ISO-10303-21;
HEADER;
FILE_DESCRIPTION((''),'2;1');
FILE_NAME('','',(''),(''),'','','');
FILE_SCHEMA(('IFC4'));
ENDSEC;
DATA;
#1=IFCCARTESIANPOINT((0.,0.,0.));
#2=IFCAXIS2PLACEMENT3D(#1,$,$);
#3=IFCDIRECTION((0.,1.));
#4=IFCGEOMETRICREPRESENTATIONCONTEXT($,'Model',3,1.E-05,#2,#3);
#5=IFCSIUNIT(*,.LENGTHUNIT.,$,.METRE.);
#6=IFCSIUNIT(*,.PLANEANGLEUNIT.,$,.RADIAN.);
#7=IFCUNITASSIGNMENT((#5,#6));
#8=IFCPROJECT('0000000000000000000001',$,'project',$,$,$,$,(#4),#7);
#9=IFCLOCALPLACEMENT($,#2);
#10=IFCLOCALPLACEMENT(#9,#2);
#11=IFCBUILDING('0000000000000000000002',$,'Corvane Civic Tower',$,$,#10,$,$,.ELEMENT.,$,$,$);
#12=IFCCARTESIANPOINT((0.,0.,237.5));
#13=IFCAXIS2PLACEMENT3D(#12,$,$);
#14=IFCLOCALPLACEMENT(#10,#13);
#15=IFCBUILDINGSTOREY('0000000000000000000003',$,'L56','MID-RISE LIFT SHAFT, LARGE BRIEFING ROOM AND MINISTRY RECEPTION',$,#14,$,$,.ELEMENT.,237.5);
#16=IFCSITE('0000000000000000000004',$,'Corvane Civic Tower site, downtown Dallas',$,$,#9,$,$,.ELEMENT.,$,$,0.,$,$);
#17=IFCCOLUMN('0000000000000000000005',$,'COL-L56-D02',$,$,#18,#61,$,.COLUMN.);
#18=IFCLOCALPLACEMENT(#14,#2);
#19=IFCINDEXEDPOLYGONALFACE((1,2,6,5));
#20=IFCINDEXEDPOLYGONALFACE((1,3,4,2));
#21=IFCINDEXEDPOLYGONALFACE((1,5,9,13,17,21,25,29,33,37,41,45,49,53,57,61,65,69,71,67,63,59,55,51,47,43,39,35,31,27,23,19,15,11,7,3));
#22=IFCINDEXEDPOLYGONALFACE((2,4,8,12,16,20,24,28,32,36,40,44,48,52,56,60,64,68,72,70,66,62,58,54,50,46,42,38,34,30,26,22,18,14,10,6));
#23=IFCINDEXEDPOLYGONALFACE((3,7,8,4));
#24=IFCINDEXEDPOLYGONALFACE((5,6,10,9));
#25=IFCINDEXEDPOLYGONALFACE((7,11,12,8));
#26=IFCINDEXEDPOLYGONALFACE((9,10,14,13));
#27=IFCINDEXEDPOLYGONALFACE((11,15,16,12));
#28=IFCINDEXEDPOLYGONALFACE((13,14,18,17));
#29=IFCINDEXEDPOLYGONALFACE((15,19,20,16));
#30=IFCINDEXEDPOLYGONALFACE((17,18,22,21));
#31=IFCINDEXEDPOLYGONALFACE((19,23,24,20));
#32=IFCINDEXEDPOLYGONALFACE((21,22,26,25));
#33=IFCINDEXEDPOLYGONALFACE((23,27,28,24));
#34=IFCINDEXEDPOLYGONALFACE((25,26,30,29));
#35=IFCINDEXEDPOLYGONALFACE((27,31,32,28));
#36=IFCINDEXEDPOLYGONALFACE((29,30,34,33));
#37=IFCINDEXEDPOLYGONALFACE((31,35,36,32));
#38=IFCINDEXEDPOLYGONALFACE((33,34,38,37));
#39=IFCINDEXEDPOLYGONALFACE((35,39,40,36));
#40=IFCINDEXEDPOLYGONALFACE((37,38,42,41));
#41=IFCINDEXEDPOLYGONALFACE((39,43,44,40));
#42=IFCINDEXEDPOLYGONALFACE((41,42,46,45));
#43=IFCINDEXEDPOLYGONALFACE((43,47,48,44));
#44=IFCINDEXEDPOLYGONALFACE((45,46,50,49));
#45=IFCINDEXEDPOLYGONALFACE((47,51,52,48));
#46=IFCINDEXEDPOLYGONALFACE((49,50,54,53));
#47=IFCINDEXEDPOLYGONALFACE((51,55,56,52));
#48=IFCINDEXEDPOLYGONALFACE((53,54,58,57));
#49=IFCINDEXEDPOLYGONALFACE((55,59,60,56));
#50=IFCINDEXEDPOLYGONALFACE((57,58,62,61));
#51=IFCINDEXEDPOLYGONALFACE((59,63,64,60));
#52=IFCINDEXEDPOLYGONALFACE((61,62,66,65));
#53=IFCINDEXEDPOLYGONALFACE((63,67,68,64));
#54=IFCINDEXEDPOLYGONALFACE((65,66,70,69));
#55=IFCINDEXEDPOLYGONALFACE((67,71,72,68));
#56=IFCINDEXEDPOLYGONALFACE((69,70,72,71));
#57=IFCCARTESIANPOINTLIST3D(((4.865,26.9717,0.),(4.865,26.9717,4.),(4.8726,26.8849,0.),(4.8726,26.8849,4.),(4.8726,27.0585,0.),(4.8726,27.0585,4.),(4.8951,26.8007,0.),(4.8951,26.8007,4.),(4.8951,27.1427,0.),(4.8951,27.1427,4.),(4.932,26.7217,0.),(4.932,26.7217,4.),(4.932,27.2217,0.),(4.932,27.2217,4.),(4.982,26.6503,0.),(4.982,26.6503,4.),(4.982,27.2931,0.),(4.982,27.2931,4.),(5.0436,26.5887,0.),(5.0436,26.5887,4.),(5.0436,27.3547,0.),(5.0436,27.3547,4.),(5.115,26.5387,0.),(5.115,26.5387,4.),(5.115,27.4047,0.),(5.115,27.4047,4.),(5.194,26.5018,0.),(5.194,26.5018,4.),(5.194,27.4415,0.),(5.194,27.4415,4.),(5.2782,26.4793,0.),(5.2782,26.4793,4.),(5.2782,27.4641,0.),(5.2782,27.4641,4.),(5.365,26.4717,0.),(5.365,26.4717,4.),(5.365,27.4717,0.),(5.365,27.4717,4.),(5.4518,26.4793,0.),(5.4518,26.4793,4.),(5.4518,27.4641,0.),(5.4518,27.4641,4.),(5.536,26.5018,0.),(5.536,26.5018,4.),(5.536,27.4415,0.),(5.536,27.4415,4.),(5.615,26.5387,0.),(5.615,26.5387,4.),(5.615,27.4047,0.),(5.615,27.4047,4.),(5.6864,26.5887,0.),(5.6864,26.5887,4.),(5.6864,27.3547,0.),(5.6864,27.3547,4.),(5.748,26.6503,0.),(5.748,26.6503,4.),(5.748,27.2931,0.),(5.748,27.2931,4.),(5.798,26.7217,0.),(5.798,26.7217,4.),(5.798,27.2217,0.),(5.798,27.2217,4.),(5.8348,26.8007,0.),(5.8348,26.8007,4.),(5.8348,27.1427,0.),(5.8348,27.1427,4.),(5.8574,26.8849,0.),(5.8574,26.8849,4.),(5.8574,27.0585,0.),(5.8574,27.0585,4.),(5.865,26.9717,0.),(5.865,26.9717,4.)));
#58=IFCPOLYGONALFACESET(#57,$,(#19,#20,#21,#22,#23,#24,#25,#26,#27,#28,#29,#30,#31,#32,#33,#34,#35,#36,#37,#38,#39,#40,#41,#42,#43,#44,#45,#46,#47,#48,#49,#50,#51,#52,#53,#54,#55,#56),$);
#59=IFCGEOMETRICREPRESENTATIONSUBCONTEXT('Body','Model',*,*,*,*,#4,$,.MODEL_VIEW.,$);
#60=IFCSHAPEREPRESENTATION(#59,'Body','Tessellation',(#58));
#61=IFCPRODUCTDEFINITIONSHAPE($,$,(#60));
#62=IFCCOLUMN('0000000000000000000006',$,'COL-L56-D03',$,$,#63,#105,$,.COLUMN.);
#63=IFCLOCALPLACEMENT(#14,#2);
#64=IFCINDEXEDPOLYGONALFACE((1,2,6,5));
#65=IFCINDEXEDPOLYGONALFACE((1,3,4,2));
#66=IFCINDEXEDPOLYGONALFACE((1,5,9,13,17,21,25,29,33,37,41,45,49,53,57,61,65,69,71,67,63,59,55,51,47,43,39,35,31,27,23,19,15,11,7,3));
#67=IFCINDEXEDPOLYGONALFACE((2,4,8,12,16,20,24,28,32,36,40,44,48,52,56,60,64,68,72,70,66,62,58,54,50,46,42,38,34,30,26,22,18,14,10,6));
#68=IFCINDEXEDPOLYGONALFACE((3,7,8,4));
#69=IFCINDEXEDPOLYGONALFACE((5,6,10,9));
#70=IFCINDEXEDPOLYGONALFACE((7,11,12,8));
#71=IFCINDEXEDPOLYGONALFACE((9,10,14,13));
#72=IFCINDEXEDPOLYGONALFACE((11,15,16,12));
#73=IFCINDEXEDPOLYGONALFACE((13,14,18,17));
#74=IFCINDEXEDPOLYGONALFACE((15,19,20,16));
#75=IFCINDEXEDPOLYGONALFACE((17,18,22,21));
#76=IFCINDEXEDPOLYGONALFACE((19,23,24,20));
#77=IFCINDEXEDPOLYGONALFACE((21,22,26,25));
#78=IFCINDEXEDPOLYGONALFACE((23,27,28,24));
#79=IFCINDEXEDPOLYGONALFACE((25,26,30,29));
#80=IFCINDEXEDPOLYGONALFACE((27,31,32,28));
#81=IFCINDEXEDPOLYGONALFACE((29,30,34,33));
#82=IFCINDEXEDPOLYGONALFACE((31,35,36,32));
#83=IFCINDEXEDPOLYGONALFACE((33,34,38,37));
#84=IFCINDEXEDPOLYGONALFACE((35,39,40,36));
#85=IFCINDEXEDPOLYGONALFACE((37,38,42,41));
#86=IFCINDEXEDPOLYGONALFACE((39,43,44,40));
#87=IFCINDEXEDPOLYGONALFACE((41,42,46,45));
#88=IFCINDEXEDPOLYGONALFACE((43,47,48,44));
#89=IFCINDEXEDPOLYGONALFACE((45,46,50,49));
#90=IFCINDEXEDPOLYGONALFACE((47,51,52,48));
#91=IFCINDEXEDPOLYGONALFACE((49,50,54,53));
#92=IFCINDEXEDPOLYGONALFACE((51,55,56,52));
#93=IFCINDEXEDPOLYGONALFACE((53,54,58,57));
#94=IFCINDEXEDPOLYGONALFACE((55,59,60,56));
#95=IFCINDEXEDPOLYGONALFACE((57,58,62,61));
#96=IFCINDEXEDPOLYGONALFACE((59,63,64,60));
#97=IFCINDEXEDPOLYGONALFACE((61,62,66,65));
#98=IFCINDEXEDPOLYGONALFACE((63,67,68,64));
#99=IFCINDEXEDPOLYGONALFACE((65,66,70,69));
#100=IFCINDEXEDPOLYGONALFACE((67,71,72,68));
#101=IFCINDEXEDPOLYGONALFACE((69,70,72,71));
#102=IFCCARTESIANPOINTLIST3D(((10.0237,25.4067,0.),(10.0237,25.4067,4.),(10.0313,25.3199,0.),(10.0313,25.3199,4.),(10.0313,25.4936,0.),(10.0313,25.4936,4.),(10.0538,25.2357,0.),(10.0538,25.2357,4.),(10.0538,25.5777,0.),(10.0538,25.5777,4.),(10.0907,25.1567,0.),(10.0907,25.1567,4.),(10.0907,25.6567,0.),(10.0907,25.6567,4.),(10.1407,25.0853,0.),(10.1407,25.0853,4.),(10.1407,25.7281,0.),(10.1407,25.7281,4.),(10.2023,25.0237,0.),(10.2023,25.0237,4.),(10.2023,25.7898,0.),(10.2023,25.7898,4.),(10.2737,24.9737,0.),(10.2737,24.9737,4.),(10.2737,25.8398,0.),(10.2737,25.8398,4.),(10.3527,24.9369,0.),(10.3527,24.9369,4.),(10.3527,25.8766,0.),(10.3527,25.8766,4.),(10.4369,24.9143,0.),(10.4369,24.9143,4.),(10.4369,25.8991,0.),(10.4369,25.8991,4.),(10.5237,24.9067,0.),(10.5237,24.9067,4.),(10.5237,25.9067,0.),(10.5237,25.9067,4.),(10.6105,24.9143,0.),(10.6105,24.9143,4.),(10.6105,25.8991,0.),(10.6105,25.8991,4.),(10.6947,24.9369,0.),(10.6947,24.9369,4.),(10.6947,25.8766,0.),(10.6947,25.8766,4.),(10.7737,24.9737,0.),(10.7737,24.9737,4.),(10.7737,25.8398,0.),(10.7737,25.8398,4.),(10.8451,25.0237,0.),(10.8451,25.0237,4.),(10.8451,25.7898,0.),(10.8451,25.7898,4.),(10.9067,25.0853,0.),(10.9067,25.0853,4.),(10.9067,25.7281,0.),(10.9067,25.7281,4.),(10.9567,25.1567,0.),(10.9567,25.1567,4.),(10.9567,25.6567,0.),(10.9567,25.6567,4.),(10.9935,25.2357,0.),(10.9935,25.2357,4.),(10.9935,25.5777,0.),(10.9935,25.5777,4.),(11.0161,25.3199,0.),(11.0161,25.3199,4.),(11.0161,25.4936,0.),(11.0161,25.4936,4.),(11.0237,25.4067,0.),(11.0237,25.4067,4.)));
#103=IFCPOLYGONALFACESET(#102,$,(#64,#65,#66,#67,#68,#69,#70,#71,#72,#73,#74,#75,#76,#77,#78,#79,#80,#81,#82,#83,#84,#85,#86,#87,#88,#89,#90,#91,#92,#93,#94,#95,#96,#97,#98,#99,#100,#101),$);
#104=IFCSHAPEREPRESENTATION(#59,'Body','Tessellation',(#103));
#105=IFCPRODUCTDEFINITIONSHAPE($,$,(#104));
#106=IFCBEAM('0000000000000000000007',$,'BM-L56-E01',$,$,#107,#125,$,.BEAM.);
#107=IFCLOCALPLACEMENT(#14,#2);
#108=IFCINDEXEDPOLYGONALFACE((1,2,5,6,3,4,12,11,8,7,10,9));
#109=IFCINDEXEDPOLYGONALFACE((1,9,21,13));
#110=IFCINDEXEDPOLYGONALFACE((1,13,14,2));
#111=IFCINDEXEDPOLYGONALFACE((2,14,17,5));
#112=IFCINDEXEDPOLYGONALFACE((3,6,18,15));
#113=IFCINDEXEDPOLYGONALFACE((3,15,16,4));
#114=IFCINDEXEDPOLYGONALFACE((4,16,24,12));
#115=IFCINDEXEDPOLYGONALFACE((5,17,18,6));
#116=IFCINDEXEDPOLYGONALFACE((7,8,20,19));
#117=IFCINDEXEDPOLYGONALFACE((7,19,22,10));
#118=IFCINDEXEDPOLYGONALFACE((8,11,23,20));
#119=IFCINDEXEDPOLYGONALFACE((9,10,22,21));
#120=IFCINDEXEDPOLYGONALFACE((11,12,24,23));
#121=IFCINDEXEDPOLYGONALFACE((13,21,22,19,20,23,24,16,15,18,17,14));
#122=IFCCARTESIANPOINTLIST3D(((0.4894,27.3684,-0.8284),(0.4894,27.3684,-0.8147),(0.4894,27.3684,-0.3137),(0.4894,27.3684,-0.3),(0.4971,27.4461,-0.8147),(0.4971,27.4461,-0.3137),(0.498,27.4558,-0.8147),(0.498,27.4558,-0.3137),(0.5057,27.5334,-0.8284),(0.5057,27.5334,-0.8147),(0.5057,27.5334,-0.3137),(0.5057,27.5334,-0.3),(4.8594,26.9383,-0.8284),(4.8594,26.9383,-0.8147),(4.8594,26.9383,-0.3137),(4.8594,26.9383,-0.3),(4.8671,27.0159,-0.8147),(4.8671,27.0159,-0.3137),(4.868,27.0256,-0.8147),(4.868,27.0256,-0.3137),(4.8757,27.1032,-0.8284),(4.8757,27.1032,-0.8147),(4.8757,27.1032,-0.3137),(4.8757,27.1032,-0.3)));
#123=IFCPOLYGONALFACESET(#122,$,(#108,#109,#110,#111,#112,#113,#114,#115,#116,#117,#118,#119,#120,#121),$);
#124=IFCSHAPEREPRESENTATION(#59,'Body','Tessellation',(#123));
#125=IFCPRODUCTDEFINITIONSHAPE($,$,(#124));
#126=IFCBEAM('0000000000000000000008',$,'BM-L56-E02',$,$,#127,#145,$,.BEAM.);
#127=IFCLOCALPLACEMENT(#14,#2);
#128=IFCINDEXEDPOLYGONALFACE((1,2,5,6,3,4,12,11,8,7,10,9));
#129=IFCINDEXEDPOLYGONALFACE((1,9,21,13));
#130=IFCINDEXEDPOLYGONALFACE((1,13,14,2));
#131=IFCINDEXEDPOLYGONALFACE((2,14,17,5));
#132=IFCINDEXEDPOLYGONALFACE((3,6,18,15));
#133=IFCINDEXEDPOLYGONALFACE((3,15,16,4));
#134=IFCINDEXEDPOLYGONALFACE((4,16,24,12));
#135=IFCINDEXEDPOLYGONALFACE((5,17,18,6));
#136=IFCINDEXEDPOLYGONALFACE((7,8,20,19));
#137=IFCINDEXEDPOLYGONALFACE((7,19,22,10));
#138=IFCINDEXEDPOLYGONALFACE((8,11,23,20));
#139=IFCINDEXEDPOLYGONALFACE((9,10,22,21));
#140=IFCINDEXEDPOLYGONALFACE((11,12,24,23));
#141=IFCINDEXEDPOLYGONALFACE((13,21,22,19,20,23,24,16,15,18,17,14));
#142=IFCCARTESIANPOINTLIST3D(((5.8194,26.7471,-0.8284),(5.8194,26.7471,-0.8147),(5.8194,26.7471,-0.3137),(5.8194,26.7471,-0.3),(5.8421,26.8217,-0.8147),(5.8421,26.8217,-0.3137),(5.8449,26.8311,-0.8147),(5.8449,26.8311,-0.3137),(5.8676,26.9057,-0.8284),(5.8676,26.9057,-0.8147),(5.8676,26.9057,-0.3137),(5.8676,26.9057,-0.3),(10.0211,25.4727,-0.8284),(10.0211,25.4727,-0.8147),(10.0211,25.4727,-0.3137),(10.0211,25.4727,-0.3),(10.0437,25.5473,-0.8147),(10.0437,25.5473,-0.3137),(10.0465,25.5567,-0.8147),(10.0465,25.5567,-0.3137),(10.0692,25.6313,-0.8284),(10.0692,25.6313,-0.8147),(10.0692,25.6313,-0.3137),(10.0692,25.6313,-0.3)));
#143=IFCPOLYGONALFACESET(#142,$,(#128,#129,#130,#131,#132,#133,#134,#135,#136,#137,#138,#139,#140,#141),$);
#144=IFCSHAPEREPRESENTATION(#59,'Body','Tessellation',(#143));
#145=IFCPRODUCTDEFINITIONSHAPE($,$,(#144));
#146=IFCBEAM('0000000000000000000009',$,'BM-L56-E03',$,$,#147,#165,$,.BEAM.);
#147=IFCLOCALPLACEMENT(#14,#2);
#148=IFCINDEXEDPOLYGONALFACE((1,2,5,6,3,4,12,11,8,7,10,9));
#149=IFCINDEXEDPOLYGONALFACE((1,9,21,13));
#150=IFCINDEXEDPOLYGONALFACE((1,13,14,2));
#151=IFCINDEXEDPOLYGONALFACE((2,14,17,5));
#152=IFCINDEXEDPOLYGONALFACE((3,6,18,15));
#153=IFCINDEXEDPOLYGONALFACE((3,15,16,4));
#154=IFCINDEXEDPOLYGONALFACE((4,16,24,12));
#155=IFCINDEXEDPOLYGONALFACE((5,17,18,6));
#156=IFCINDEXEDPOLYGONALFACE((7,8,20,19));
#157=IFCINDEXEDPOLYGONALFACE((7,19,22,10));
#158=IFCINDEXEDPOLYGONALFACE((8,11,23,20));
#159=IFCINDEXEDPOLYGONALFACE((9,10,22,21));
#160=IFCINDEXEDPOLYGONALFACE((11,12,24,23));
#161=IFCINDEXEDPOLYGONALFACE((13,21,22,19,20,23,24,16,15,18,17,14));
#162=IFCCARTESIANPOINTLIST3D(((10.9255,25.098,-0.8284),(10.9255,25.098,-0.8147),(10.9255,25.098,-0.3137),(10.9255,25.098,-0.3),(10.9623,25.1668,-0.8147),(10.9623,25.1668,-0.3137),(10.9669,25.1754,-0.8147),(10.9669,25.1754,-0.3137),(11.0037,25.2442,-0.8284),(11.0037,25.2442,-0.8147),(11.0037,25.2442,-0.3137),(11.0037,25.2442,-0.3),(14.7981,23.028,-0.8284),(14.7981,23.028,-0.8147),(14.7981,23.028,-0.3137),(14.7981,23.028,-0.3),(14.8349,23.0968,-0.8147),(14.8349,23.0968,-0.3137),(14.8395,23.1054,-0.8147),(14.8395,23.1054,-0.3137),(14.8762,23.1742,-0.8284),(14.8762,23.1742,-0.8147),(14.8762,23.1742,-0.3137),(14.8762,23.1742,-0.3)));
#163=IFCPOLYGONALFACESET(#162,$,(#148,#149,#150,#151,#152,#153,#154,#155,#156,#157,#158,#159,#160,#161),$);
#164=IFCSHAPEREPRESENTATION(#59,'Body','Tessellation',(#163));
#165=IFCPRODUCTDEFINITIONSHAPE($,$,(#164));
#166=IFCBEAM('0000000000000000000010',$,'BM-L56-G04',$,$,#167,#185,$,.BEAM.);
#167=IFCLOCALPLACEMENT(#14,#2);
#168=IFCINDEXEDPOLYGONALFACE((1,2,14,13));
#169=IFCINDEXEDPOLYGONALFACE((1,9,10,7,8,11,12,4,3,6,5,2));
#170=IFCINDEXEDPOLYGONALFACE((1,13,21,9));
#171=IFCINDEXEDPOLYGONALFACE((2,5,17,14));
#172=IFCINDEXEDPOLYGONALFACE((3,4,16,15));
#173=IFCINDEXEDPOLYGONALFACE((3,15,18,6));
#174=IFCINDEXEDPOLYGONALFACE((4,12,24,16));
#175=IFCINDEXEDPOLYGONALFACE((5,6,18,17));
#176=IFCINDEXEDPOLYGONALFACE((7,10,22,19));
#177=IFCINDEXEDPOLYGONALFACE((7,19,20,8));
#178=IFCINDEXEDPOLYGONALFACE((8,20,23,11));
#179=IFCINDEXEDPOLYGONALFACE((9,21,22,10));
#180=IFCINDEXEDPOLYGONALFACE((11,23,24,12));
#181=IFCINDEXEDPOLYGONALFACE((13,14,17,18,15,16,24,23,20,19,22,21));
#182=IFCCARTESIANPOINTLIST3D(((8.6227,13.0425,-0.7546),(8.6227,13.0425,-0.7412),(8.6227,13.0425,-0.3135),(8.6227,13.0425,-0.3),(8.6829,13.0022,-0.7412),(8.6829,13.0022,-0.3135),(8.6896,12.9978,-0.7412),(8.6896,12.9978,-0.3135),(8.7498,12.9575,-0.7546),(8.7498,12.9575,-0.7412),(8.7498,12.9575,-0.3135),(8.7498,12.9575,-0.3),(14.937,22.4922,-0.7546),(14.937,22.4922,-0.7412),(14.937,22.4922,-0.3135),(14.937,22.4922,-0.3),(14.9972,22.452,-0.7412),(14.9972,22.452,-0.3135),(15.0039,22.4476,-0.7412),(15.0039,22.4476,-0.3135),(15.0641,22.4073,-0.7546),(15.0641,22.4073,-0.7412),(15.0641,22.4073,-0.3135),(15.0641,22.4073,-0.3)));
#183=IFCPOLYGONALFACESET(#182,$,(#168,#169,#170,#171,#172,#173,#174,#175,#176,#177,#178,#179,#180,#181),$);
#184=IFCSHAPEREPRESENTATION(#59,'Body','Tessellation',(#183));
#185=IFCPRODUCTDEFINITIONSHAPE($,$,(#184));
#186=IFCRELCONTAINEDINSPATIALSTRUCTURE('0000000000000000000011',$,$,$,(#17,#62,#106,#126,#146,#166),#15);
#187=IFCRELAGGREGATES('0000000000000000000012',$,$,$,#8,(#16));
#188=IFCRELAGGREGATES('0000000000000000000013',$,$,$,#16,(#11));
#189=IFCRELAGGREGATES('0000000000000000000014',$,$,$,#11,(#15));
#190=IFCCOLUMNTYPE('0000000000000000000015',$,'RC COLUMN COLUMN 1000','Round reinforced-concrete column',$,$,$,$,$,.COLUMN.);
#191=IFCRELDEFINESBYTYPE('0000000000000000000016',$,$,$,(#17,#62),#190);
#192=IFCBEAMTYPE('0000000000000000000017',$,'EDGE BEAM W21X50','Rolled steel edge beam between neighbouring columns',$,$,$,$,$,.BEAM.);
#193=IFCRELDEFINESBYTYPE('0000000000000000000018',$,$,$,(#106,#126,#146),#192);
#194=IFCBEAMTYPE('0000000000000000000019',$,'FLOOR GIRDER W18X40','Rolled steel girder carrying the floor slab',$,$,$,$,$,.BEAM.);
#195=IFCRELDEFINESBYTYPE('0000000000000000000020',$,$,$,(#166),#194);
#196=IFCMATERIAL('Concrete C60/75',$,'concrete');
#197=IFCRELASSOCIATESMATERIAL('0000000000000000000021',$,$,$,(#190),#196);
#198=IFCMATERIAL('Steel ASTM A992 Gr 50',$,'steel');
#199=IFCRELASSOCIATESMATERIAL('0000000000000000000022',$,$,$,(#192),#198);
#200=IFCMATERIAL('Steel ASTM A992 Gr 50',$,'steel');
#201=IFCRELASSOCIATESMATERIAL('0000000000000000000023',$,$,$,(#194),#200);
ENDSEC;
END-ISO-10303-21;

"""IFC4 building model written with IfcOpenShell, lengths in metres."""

from ifc_helpers import new_model, si_unit, direction, frame, origin, origin_2d, place, context, subcontext, project, spatial, circle, i_section, extrude, material, material_profile, profile_set, type_object, element, save


model = new_model("IFC4")

# Units and contexts
model_context = context("Model", 3, precision=1e-05, world=origin(), true_north=direction((0.0, 1.0)))
body_context = subcontext(model_context, "Body", "Model", "MODEL_VIEW")
ifc_project = project(units=[si_unit("LENGTHUNIT", "METRE"), si_unit("PLANEANGLEUNIT", "RADIAN")], contexts=[model_context])

# Site, building, storey
site_placement = place(None, origin())
site = spatial("IfcSite", under=ifc_project, at=site_placement, Name="Corvane Civic Tower site, downtown Dallas", CompositionType="ELEMENT", RefElevation=0.0)
building_placement = place(site_placement, origin())
building = spatial("IfcBuilding", under=site, at=building_placement, Name="Corvane Civic Tower", CompositionType="ELEMENT")
storey_placement = place(building_placement, frame((0.0, 0.0, 237.5)))
storey = spatial("IfcBuildingStorey", under=building, at=storey_placement, Name="L56", Description="MID-RISE LIFT SHAFT, LARGE BRIEFING ROOM AND MINISTRY RECEPTION", CompositionType="ELEMENT", Elevation=237.5)

# Columns
ifc_material_1 = material(Name="Concrete C60/75", Category="concrete")
ifc_material_profile_1 = material_profile(ifc_material_1, circle(Radius=0.5, at=origin_2d()), Name="COLUMN 1000")
ifc_profile_set_1 = profile_set([ifc_material_profile_1], Name="Concrete C60/75")
column_type = type_object("IfcColumnType", Name="RC COLUMN COLUMN 1000", Description="Round reinforced-concrete column", PredefinedType="COLUMN", material=ifc_profile_set_1)
for number, where, z_axis, x_axis, name in (
    (1, (5.365, 26.9717, 0.0), (0.0, 0.0, 1.0), (1.0, 0.0, 0.0), "COL-L56-D02"),
    (2, (10.5237, 25.4067, 0.0), (0.0, 0.0, 1.0), (1.0, 0.0, 0.0), "COL-L56-D03"),
):
    element("IfcColumn", number, at=place(storey_placement, frame(where, z_axis=z_axis, x_axis=x_axis)), inside=storey, type_object=column_type, Name=name, PredefinedType="COLUMN", context=body_context, shape_type="SweptSolid", body=[
        extrude(circle(Radius=0.5, at=origin_2d()), origin(), (0.0, 0.0, 1.0), 4.0),
    ])

# Beams
ifc_material_2 = material(Name="Steel ASTM A992 Gr 50", Category="steel")
ifc_material_profile_2 = material_profile(ifc_material_2, i_section(OverallWidth=0.1658, OverallDepth=0.5283, WebThickness=0.0098, FlangeThickness=0.0137, at=origin_2d()), Name="W21X50")
ifc_profile_set_2 = profile_set([ifc_material_profile_2], Name="Steel ASTM A992 Gr 50")
beam_type_1 = type_object("IfcBeamType", Name="EDGE BEAM W21X50", Description="Rolled steel edge beam between neighbouring columns", PredefinedType="BEAM", material=ifc_profile_set_2)
beam_1_placement = place(storey_placement, frame((0.4976, 27.4509, -0.5642), z_axis=(0.99519, -0.097968, 0.0), x_axis=(0.097968, 0.99519, 0.0)))
element("IfcBeam", 3, at=beam_1_placement, inside=storey, type_object=beam_type_1, Name="BM-L56-E01", PredefinedType="BEAM", context=body_context, shape_type="SweptSolid", body=[
    extrude(i_section(OverallWidth=0.1658, OverallDepth=0.5283, WebThickness=0.0098, FlangeThickness=0.0137, at=origin_2d()), origin(), (0.0, 0.0, 1.0), 4.3911),
])
beam_2_placement = place(storey_placement, frame((5.8435, 26.8264, -0.5642), z_axis=(0.95695, -0.290254, 0.0), x_axis=(0.290254, 0.95695, 0.0)))
element("IfcBeam", 4, at=beam_2_placement, inside=storey, type_object=beam_type_1, Name="BM-L56-E02", PredefinedType="BEAM", context=body_context, shape_type="SweptSolid", body=[
    extrude(i_section(OverallWidth=0.1658, OverallDepth=0.5283, WebThickness=0.0098, FlangeThickness=0.0137, at=origin_2d()), origin(), (0.0, 0.0, 1.0), 4.3906),
])
beam_3_placement = place(storey_placement, frame((10.9646, 25.1711, -0.5642), z_axis=(0.881908, -0.471422, 0.0), x_axis=(0.471422, 0.881908, 0.0)))
element("IfcBeam", 5, at=beam_3_placement, inside=storey, type_object=beam_type_1, Name="BM-L56-E03", PredefinedType="BEAM", context=body_context, shape_type="SweptSolid", body=[
    extrude(i_section(OverallWidth=0.1658, OverallDepth=0.5283, WebThickness=0.0098, FlangeThickness=0.0137, at=origin_2d()), origin(), (0.0, 0.0, 1.0), 4.3911),
])
ifc_material_3 = material(Name="Steel ASTM A992 Gr 50", Category="steel")
ifc_material_profile_3 = material_profile(ifc_material_3, i_section(OverallWidth=0.1528, OverallDepth=0.4546, WebThickness=0.0081, FlangeThickness=0.0134, at=origin_2d()), Name="W18X40")
ifc_profile_set_3 = profile_set([ifc_material_profile_3], Name="Steel ASTM A992 Gr 50")
beam_type_2 = type_object("IfcBeamType", Name="FLOOR GIRDER W18X40", Description="Rolled steel girder carrying the floor slab", PredefinedType="BEAM", material=ifc_profile_set_3)
beam_4_placement = place(storey_placement, frame((8.6863, 13.0, -0.5273), z_axis=(0.555577, 0.831465, 0.0), x_axis=(-0.831465, 0.555577, 0.0)))
element("IfcBeam", 6, at=beam_4_placement, inside=storey, type_object=beam_type_2, Name="BM-L56-G04", PredefinedType="BEAM", context=body_context, shape_type="SweptSolid", body=[
    extrude(i_section(OverallWidth=0.1528, OverallDepth=0.4546, WebThickness=0.0081, FlangeThickness=0.0134, at=origin_2d()), origin(), (0.0, 0.0, 1.0), 11.3652),
])

save(model, "model.ifc")
